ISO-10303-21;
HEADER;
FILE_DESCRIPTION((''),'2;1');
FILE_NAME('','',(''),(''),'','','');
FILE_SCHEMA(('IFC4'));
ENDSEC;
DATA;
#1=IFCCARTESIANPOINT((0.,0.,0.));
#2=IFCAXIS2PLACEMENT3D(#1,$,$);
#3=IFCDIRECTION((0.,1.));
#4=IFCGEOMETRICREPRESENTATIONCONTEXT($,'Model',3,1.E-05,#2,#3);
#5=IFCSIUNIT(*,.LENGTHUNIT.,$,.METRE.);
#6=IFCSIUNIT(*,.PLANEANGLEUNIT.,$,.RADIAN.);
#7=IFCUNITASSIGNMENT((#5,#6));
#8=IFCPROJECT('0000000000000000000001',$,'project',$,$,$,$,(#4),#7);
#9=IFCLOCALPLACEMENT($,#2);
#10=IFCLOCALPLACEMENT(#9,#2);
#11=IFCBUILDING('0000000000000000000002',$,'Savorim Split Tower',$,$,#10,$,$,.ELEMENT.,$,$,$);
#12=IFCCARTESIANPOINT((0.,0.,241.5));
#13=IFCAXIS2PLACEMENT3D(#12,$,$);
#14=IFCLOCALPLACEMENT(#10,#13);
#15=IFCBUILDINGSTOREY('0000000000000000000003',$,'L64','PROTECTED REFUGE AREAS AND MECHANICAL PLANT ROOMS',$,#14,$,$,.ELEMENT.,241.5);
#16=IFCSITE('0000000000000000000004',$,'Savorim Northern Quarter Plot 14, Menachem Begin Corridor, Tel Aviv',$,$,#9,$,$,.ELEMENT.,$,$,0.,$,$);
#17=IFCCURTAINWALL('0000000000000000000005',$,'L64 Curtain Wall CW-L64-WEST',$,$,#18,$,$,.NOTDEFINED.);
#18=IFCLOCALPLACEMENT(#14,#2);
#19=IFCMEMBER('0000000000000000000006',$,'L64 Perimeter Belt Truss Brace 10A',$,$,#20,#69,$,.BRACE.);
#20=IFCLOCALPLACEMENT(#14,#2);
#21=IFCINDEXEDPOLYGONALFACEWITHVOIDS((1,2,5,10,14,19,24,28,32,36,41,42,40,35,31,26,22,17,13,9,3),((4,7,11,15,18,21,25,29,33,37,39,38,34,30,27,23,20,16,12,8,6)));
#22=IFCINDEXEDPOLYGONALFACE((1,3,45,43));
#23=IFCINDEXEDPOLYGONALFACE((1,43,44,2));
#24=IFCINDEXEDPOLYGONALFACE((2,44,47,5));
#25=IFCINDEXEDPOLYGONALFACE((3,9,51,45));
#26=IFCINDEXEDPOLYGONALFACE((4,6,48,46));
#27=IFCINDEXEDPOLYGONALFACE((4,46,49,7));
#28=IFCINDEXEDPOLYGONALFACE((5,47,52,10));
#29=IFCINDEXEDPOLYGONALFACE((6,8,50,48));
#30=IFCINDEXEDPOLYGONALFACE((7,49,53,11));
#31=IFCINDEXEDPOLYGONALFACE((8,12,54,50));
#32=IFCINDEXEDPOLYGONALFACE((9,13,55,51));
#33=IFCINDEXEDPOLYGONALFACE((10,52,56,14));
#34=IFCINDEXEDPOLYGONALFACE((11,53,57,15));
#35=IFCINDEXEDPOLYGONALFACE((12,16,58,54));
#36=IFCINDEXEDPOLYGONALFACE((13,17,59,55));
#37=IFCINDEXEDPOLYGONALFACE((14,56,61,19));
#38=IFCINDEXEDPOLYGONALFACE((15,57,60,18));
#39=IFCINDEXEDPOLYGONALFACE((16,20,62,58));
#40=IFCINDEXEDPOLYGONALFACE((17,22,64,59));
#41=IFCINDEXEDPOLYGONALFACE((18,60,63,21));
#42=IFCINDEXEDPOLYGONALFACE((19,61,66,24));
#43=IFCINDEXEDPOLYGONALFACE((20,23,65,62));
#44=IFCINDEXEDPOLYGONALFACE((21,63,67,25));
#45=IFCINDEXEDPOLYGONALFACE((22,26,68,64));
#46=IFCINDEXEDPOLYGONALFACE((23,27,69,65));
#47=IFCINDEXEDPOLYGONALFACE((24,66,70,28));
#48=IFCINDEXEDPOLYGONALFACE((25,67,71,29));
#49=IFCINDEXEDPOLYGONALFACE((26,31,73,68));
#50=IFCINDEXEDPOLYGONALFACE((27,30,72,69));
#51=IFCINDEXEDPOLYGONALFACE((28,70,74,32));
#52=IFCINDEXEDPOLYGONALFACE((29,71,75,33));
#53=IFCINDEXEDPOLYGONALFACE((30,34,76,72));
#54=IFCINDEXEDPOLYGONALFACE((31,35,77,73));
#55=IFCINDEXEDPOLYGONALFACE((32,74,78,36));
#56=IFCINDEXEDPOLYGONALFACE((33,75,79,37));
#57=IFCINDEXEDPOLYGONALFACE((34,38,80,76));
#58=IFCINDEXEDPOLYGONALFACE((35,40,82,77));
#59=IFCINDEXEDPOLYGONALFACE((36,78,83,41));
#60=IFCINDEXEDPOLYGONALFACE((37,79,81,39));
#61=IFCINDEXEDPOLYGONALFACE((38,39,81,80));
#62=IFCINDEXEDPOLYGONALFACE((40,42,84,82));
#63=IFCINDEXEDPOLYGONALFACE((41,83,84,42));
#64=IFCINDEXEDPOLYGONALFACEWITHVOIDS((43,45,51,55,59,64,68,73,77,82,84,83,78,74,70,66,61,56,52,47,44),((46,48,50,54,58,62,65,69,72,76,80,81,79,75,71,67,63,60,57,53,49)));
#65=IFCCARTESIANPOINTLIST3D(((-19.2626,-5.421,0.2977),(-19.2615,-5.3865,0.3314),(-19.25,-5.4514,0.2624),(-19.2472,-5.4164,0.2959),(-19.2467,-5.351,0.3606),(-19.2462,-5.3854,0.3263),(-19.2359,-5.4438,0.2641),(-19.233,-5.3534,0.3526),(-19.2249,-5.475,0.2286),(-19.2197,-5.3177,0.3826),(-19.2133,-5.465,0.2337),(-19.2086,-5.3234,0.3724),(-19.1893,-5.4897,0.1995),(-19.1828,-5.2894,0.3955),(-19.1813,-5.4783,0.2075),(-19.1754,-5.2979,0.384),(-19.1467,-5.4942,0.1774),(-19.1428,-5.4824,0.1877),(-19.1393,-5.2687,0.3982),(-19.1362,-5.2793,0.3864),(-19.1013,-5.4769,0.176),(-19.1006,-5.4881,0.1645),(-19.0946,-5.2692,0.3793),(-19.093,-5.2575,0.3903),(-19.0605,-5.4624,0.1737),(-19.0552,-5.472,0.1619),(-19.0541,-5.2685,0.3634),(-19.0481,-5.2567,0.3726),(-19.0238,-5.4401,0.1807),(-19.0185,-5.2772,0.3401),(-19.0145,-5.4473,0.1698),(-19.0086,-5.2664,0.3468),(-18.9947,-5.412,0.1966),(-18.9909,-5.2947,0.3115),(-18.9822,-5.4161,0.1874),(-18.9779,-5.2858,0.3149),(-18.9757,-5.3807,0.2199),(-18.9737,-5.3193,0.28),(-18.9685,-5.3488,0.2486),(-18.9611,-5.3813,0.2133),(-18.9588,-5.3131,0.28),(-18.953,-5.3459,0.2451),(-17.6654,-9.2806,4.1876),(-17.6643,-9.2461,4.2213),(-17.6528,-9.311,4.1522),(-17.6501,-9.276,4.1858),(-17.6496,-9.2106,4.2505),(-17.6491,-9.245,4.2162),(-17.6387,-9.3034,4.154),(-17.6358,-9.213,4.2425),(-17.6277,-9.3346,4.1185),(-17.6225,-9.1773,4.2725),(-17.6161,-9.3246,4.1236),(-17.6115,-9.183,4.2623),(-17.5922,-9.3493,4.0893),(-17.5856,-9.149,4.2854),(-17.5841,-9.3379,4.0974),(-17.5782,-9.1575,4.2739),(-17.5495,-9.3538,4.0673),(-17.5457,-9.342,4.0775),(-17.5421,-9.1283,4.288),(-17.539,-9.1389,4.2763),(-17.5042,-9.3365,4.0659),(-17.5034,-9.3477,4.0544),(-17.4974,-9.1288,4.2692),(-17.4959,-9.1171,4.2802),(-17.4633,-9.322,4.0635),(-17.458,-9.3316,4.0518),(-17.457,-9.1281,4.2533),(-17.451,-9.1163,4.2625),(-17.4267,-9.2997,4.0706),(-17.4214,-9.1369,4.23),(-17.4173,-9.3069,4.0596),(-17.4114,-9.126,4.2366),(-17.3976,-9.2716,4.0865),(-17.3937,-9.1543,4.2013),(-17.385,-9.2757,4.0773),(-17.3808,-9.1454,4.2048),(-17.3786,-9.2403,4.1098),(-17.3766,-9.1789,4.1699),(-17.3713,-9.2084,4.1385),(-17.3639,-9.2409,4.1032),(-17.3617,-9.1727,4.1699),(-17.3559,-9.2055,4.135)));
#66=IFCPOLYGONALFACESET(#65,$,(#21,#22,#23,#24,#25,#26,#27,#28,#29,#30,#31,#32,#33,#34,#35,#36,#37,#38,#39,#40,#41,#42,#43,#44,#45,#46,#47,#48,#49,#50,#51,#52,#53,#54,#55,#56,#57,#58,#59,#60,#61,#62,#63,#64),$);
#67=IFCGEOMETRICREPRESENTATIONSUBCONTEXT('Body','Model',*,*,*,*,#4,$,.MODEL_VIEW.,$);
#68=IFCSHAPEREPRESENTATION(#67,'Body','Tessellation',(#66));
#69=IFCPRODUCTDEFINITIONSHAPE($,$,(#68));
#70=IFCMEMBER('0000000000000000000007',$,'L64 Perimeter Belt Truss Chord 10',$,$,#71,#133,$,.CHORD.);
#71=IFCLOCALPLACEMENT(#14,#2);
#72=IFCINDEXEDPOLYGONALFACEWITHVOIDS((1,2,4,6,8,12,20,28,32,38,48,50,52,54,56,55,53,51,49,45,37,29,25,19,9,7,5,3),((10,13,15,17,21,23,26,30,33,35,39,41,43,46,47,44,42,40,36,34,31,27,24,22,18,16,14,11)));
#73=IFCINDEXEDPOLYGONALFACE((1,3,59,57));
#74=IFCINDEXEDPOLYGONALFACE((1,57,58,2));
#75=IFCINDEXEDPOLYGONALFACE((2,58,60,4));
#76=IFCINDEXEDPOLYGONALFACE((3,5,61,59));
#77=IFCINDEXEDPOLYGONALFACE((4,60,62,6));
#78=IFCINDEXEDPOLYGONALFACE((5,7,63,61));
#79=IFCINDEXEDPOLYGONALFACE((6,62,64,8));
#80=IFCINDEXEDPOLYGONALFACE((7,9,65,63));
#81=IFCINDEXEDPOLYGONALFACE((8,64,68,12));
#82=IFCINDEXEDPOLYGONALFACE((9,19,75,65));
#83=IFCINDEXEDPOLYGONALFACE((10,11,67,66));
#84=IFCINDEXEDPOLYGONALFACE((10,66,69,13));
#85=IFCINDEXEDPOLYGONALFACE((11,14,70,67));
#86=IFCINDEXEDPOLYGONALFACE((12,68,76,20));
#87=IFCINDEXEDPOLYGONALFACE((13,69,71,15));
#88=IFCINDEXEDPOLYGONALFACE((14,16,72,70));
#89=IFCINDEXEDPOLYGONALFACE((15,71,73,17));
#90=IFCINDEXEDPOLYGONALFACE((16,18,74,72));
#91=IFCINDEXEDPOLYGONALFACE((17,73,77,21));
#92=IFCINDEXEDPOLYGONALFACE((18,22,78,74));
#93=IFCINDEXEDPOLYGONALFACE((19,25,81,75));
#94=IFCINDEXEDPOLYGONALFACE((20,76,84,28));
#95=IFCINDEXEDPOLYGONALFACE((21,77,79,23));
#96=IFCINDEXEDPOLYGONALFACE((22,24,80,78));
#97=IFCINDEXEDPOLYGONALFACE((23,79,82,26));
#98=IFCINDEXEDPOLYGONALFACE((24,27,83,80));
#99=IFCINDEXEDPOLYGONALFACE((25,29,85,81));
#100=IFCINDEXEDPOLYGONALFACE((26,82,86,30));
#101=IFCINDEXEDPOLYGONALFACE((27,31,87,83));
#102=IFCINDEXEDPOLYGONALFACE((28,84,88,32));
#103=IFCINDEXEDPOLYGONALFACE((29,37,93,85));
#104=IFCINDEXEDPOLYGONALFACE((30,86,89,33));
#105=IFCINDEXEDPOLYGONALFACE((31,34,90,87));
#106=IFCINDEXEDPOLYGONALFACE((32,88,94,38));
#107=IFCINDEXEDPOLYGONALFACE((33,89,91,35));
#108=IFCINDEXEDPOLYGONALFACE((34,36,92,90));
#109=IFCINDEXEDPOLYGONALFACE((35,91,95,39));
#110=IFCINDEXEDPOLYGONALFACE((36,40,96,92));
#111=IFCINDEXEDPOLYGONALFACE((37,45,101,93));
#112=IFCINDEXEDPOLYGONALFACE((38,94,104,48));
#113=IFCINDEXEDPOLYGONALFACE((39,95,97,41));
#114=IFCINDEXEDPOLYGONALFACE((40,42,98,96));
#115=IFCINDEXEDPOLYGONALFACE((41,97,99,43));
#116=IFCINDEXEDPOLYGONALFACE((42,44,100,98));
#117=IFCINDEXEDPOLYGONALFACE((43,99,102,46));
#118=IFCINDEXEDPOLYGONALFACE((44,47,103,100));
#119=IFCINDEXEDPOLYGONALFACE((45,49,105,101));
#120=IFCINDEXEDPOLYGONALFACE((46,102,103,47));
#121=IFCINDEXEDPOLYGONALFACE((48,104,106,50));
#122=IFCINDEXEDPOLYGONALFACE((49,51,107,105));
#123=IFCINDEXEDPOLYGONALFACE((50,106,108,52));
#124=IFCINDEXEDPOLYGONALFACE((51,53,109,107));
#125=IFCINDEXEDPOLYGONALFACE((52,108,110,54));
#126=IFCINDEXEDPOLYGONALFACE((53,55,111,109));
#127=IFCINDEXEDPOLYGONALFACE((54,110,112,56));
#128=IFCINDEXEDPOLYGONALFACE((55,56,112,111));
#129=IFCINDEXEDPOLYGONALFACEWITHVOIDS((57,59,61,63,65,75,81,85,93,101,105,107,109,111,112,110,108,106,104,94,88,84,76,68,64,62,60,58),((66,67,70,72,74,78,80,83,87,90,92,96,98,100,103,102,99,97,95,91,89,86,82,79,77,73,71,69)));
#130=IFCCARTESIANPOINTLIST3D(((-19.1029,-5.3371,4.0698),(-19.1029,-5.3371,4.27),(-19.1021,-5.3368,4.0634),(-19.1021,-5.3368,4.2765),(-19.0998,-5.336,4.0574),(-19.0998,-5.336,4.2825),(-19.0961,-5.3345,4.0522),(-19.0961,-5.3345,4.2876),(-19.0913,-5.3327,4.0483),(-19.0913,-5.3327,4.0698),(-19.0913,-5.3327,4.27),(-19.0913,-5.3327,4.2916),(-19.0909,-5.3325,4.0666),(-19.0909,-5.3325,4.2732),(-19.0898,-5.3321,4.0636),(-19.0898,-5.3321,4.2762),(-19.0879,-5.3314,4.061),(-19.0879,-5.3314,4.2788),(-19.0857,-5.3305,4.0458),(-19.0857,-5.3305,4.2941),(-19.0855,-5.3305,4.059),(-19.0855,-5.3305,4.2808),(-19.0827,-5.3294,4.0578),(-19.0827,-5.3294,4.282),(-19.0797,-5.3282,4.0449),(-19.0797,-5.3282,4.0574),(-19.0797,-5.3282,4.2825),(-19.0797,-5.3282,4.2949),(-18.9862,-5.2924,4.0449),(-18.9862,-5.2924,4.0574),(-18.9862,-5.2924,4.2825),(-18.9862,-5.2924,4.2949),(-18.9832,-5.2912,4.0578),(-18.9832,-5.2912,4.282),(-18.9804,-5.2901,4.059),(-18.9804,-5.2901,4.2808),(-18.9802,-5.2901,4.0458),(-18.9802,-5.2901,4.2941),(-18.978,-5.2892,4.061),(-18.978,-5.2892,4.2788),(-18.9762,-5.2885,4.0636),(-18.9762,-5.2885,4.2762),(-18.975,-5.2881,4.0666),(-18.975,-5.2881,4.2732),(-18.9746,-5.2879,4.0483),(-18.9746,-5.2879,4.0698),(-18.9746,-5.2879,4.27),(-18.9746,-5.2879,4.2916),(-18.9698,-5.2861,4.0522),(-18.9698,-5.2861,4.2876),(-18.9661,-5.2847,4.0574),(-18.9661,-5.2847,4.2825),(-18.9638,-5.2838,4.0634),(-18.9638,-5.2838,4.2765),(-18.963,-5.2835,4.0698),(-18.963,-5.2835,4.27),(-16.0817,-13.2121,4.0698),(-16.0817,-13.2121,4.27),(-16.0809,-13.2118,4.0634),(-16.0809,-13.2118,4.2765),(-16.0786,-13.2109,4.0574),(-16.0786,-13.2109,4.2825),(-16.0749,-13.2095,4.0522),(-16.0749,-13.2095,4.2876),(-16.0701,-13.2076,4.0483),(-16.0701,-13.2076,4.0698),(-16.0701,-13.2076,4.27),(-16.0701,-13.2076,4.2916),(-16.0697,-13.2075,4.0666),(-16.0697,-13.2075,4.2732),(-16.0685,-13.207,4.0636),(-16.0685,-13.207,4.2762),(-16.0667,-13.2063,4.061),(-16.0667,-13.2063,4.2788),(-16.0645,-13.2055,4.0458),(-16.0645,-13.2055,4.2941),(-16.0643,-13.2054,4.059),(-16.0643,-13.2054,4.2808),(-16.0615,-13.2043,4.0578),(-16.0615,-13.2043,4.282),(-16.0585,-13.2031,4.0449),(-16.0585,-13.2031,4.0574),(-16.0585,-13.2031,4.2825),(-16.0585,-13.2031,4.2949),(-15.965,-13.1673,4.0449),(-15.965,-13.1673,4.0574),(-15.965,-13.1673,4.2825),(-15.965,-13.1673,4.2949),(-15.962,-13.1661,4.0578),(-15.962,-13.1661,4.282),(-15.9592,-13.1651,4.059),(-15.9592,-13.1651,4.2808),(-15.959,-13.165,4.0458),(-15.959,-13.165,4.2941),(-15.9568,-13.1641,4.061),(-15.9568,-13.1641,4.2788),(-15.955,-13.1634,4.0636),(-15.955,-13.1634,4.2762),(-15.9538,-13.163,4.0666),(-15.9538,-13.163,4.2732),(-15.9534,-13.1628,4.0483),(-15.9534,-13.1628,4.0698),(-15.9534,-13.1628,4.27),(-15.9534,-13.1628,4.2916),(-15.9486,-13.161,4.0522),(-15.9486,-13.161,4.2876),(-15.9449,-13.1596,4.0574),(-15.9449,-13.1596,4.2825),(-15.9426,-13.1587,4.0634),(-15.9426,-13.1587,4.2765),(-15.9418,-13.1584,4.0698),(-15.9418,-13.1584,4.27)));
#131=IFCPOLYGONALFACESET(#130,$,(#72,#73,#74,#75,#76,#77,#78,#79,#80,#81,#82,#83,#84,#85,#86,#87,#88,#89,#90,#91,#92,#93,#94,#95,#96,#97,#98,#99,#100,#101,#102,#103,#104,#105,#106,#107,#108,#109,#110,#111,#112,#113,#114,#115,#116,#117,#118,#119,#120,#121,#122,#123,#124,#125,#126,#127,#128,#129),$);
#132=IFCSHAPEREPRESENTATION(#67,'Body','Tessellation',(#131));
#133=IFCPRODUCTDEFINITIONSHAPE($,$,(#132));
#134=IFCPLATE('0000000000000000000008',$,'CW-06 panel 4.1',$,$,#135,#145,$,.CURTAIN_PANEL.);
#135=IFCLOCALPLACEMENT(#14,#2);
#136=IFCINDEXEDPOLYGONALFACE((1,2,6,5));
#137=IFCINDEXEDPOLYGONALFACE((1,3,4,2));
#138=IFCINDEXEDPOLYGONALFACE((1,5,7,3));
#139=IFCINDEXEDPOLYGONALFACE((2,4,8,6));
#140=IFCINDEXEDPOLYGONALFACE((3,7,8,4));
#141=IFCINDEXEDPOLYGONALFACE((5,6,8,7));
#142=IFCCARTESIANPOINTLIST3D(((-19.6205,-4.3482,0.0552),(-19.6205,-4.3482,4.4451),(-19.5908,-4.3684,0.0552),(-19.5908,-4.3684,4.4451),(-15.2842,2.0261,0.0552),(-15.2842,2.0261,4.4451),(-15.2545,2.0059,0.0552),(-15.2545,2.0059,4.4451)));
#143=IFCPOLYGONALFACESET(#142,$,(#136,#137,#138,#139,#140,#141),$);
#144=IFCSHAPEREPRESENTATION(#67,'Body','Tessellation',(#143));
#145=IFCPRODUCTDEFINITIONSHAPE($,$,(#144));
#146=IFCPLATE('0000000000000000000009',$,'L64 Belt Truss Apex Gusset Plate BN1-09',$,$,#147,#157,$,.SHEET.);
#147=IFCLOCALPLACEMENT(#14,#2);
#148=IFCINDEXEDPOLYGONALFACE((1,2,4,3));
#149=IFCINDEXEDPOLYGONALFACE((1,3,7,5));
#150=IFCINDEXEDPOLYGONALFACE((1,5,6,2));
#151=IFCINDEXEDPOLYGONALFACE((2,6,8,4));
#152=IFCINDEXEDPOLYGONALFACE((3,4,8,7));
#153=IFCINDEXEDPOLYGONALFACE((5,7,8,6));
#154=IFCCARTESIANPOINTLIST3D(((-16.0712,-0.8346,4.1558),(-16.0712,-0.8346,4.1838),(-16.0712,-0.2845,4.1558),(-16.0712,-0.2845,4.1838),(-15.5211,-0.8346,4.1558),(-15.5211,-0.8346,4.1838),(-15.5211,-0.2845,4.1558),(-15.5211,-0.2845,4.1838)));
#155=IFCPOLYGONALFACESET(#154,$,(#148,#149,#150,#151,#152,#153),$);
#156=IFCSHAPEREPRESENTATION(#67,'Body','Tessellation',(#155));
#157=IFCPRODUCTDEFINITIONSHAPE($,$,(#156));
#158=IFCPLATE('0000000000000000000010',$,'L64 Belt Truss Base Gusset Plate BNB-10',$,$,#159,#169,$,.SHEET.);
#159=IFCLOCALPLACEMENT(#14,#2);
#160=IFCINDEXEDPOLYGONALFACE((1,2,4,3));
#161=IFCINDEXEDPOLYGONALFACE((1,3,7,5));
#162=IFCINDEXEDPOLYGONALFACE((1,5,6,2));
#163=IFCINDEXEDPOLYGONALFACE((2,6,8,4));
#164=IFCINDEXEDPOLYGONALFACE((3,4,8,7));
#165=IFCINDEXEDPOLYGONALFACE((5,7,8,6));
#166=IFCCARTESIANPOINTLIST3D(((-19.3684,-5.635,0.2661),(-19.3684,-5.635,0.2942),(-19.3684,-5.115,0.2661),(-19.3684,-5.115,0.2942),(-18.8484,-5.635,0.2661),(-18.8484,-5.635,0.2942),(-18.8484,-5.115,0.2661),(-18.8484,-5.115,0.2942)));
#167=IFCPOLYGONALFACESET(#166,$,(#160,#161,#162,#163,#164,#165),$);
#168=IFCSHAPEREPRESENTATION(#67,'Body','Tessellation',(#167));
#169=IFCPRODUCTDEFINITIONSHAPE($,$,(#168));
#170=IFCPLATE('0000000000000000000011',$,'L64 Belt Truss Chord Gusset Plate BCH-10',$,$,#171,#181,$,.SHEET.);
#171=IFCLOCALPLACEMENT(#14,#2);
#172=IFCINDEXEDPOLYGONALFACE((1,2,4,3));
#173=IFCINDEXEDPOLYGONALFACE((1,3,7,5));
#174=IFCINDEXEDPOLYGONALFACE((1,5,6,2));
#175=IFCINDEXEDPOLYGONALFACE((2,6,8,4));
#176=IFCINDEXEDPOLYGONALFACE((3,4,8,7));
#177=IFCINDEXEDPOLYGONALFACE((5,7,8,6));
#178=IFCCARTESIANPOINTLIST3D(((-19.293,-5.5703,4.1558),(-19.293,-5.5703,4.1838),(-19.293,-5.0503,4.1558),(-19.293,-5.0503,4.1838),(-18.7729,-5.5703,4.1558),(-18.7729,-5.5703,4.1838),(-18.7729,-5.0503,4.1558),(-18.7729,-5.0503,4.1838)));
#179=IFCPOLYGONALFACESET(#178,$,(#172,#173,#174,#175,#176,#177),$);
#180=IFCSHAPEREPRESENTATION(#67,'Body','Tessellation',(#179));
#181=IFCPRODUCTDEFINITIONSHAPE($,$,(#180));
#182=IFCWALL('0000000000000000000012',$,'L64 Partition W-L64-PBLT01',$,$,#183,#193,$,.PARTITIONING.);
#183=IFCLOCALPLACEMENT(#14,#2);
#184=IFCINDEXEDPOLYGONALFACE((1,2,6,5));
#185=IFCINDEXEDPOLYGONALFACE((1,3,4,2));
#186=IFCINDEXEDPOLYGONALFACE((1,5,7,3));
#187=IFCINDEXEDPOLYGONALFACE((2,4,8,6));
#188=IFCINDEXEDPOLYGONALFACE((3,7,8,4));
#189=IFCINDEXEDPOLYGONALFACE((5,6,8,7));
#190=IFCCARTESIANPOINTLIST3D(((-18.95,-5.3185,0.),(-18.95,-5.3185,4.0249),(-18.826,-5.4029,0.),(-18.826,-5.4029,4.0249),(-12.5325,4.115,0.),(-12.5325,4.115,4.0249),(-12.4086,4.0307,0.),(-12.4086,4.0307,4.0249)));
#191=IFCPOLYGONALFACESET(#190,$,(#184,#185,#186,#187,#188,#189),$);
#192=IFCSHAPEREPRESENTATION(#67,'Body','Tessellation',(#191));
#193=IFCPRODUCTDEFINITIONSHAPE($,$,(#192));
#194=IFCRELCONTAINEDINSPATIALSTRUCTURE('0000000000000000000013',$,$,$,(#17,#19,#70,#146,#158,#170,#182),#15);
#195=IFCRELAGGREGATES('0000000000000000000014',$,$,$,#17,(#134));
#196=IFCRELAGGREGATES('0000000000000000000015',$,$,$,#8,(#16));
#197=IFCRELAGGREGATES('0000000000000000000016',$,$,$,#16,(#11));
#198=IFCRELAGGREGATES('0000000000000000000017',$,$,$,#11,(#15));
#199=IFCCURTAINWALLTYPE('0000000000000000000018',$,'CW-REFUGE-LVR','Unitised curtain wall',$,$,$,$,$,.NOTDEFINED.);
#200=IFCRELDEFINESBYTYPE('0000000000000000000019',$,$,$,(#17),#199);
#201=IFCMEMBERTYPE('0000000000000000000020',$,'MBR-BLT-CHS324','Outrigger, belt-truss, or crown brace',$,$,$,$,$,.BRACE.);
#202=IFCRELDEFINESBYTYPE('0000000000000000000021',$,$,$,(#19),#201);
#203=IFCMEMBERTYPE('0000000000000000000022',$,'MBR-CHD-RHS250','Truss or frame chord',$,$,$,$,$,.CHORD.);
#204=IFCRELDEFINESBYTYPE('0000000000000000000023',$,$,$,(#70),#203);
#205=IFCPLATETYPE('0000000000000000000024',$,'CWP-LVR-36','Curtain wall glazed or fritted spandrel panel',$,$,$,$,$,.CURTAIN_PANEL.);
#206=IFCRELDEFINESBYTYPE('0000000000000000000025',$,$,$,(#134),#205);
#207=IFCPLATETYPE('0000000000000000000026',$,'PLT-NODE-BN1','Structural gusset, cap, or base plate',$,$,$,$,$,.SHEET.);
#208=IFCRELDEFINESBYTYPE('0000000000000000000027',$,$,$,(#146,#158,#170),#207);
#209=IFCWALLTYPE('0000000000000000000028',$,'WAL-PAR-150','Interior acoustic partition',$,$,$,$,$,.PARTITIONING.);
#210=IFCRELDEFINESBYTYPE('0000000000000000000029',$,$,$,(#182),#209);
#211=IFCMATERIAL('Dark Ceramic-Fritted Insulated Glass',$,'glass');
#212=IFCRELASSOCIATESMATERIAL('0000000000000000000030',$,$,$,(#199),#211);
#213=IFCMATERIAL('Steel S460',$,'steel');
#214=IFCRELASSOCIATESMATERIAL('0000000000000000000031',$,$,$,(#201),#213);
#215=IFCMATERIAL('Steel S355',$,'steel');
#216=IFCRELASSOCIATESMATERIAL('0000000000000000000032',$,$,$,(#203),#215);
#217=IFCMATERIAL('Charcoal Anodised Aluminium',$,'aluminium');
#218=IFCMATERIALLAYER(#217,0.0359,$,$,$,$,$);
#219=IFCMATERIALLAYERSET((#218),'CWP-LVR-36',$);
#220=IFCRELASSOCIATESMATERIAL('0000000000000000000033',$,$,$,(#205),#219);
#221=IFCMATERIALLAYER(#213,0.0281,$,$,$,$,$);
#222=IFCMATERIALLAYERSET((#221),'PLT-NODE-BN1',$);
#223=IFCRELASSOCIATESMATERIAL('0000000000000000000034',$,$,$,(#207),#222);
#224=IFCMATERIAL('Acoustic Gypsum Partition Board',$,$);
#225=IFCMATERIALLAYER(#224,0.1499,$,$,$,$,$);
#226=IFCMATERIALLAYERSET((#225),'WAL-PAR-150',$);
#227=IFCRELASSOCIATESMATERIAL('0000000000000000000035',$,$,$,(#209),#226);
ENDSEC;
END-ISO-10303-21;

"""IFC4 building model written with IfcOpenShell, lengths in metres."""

from ifc_helpers import new_model, si_unit, direction, frame, frame_2d, origin, origin_2d, place, context, subcontext, project, spatial, rectangle, hollow_rectangle, hollow_circle, extrude, material, layer, layer_set, material_profile, profile_set, type_object, element, aggregate, save


model = new_model("IFC4")

# Units and contexts
model_context = context("Model", 3, precision=1e-05, world=origin(), true_north=direction((0.0, 1.0)))
body_context = subcontext(model_context, "Body", "Model", "MODEL_VIEW")
ifc_project = project(units=[si_unit("LENGTHUNIT", "METRE"), si_unit("PLANEANGLEUNIT", "RADIAN")], contexts=[model_context])

# Site, building, storey
site_placement = place(None, origin())
site = spatial("IfcSite", under=ifc_project, at=site_placement, Name="Savorim Northern Quarter Plot 14, Menachem Begin Corridor, Tel Aviv", CompositionType="ELEMENT", RefElevation=0.0)
building_placement = place(site_placement, origin())
building = spatial("IfcBuilding", under=site, at=building_placement, Name="Savorim Split Tower", CompositionType="ELEMENT")
storey_placement = place(building_placement, frame((0.0, 0.0, 241.5)))
storey = spatial("IfcBuildingStorey", under=building, at=storey_placement, Name="L64", Description="PROTECTED REFUGE AREAS AND MECHANICAL PLANT ROOMS", CompositionType="ELEMENT", Elevation=241.5)

# Shared definitions
ifc_material_1 = material(Name="Steel S355", Category="steel")

# Curtain wall
ifc_material_2 = material(Name="Dark Ceramic-Fritted Insulated Glass", Category="glass")
curtain_wall_type = type_object("IfcCurtainWallType", Name="CW-REFUGE-LVR", Description="Unitised curtain wall", PredefinedType="NOTDEFINED", material=ifc_material_2)
curtain_wall_placement = place(storey_placement, origin())
curtain_wall = element("IfcCurtainWall", 1, at=curtain_wall_placement, inside=storey, type_object=curtain_wall_type, Name="L64 Curtain Wall CW-L64-WEST", PredefinedType="NOTDEFINED")
ifc_material_3 = material(Name="Charcoal Anodised Aluminium", Category="aluminium")

# Members
ifc_material_4 = material(Name="Steel S460", Category="steel")
ifc_material_profile_1 = material_profile(ifc_material_4, hollow_circle(Radius=0.1619, WallThickness=0.0161, at=origin_2d()), Name="CHS 323.9x16")
ifc_profile_set_1 = profile_set([ifc_material_profile_1], Name="Steel S460")
member_type_1 = type_object("IfcMemberType", Name="MBR-BLT-CHS324", Description="Outrigger, belt-truss, or crown brace", PredefinedType="BRACE", material=ifc_profile_set_1)
member_1_placement = place(storey_placement, frame((-19.1084, -5.375, 0.28), z_axis=(0.279822, -0.676202, 0.681506), x_axis=(0.92401, 0.382369, 0.0)))
element("IfcMember", 2, at=member_1_placement, inside=storey, type_object=member_type_1, Name="L64 Perimeter Belt Truss Brace 10A", PredefinedType="BRACE", context=body_context, shape_type="SweptSolid", body=[
    extrude(hollow_circle(Radius=0.1619, WallThickness=0.0161, at=origin_2d()), origin(), (0.0, 0.0, 1.0), 5.7078),
])
ifc_material_profile_2 = material_profile(ifc_material_1, hollow_rectangle(XDim=0.1499, YDim=0.25, WallThickness=0.0125, InnerFilletRadius=0.0125, OuterFilletRadius=0.0249, at=origin_2d()), Name="RHS 250x150x12.5")
ifc_profile_set_2 = profile_set([ifc_material_profile_2], Name="Steel S355")
member_type_2 = type_object("IfcMemberType", Name="MBR-CHD-RHS250", Description="Truss or frame chord", PredefinedType="CHORD", material=ifc_profile_set_2)
member_2_placement = place(storey_placement, frame((-19.033, -5.3103, 4.1699), z_axis=(0.358193, -0.933647, 0.0), x_axis=(0.933647, 0.358193, 0.0)))
element("IfcMember", 3, at=member_2_placement, inside=storey, type_object=member_type_2, Name="L64 Perimeter Belt Truss Chord 10", PredefinedType="CHORD", context=body_context, shape_type="SweptSolid", body=[
    extrude(hollow_rectangle(XDim=0.1499, YDim=0.25, WallThickness=0.0125, InnerFilletRadius=0.0125, OuterFilletRadius=0.0249, at=origin_2d()), origin(), (0.0, 0.0, 1.0), 8.4346),
])

# Plate
ifc_layer_1 = layer(ifc_material_3, 0.0359)
ifc_layer_set_1 = layer_set([ifc_layer_1], Name="CWP-LVR-36")
plate_type_1 = type_object("IfcPlateType", Name="CWP-LVR-36", Description="Curtain wall glazed or fritted spandrel panel", PredefinedType="CURTAIN_PANEL", material=ifc_layer_set_1)
plate_1_placement = place(storey_placement, frame((-17.4375, -1.1711, 0.0552), z_axis=(0.0, 0.0, 1.0), x_axis=(-0.562469, -0.826818, 0.0)))
plate_1 = element("IfcPlate", 4, at=plate_1_placement, type_object=plate_type_1, Name="CW-06 panel 4.1", PredefinedType="CURTAIN_PANEL", context=body_context, shape_type="SweptSolid", body=[
    extrude(rectangle(XDim=7.7095, YDim=0.0359, at=origin_2d()), origin(), (0.0, 0.0, 1.0), 4.3899),
])
aggregate(curtain_wall, [plate_1])

# Plates
ifc_layer_2 = layer(ifc_material_4, 0.0281)
ifc_layer_set_2 = layer_set([ifc_layer_2], Name="PLT-NODE-BN1")
plate_type_2 = type_object("IfcPlateType", Name="PLT-NODE-BN1", Description="Structural gusset, cap, or base plate", PredefinedType="SHEET", material=ifc_layer_set_2)
plate_2_placement = place(storey_placement, frame((-15.7961, -0.5596, 4.1558), z_axis=(0.0, 0.0, 1.0), x_axis=(1.0, 0.0, 0.0)))
element("IfcPlate", 5, at=plate_2_placement, inside=storey, type_object=plate_type_2, Name="L64 Belt Truss Apex Gusset Plate BN1-09", PredefinedType="SHEET", context=body_context, shape_type="SweptSolid", body=[
    extrude(rectangle(XDim=0.55, YDim=0.55, at=origin_2d()), origin(), (0.0, 0.0, 1.0), 0.0281),
])
for number, where, z_axis, x_axis, name in (
    (6, (-19.1084, -5.375, 0.2661), (0.0, 0.0, 1.0), (1.0, 0.0, 0.0), "L64 Belt Truss Base Gusset Plate BNB-10"),
    (7, (-19.033, -5.3103, 4.1558), (0.0, 0.0, 1.0), (1.0, 0.0, 0.0), "L64 Belt Truss Chord Gusset Plate BCH-10"),
):
    element("IfcPlate", number, at=place(storey_placement, frame(where, z_axis=z_axis, x_axis=x_axis)), inside=storey, type_object=plate_type_2, Name=name, PredefinedType="SHEET", context=body_context, shape_type="SweptSolid", body=[
        extrude(rectangle(XDim=0.52, YDim=0.52, at=origin_2d()), origin(), (0.0, 0.0, 1.0), 0.0281),
    ])

# Wall
ifc_material_5 = material(Name="Acoustic Gypsum Partition Board")
ifc_layer_3 = layer(ifc_material_5, 0.1499)
ifc_layer_set_3 = layer_set([ifc_layer_3], Name="WAL-PAR-150")
wall_type = type_object("IfcWallType", Name="WAL-PAR-150", Description="Interior acoustic partition", PredefinedType="PARTITIONING", material=ifc_layer_set_3)
wall_1_placement = place(storey_placement, frame((-18.8879, -5.3606, 0.0), z_axis=(0.0, 0.0, 1.0), x_axis=(0.562468, 0.826819, 0.0)))
element("IfcWall", 8, at=wall_1_placement, inside=storey, type_object=wall_type, Name="L64 Partition W-L64-PBLT01", PredefinedType="PARTITIONING", context=body_context, shape_type="SweptSolid", body=[
    extrude(rectangle(XDim=11.4094, YDim=0.1499, at=frame_2d((5.7046, 0.0))), origin(), (0.0, 0.0, 1.0), 4.0249),
])

save(model, "model.ifc")
